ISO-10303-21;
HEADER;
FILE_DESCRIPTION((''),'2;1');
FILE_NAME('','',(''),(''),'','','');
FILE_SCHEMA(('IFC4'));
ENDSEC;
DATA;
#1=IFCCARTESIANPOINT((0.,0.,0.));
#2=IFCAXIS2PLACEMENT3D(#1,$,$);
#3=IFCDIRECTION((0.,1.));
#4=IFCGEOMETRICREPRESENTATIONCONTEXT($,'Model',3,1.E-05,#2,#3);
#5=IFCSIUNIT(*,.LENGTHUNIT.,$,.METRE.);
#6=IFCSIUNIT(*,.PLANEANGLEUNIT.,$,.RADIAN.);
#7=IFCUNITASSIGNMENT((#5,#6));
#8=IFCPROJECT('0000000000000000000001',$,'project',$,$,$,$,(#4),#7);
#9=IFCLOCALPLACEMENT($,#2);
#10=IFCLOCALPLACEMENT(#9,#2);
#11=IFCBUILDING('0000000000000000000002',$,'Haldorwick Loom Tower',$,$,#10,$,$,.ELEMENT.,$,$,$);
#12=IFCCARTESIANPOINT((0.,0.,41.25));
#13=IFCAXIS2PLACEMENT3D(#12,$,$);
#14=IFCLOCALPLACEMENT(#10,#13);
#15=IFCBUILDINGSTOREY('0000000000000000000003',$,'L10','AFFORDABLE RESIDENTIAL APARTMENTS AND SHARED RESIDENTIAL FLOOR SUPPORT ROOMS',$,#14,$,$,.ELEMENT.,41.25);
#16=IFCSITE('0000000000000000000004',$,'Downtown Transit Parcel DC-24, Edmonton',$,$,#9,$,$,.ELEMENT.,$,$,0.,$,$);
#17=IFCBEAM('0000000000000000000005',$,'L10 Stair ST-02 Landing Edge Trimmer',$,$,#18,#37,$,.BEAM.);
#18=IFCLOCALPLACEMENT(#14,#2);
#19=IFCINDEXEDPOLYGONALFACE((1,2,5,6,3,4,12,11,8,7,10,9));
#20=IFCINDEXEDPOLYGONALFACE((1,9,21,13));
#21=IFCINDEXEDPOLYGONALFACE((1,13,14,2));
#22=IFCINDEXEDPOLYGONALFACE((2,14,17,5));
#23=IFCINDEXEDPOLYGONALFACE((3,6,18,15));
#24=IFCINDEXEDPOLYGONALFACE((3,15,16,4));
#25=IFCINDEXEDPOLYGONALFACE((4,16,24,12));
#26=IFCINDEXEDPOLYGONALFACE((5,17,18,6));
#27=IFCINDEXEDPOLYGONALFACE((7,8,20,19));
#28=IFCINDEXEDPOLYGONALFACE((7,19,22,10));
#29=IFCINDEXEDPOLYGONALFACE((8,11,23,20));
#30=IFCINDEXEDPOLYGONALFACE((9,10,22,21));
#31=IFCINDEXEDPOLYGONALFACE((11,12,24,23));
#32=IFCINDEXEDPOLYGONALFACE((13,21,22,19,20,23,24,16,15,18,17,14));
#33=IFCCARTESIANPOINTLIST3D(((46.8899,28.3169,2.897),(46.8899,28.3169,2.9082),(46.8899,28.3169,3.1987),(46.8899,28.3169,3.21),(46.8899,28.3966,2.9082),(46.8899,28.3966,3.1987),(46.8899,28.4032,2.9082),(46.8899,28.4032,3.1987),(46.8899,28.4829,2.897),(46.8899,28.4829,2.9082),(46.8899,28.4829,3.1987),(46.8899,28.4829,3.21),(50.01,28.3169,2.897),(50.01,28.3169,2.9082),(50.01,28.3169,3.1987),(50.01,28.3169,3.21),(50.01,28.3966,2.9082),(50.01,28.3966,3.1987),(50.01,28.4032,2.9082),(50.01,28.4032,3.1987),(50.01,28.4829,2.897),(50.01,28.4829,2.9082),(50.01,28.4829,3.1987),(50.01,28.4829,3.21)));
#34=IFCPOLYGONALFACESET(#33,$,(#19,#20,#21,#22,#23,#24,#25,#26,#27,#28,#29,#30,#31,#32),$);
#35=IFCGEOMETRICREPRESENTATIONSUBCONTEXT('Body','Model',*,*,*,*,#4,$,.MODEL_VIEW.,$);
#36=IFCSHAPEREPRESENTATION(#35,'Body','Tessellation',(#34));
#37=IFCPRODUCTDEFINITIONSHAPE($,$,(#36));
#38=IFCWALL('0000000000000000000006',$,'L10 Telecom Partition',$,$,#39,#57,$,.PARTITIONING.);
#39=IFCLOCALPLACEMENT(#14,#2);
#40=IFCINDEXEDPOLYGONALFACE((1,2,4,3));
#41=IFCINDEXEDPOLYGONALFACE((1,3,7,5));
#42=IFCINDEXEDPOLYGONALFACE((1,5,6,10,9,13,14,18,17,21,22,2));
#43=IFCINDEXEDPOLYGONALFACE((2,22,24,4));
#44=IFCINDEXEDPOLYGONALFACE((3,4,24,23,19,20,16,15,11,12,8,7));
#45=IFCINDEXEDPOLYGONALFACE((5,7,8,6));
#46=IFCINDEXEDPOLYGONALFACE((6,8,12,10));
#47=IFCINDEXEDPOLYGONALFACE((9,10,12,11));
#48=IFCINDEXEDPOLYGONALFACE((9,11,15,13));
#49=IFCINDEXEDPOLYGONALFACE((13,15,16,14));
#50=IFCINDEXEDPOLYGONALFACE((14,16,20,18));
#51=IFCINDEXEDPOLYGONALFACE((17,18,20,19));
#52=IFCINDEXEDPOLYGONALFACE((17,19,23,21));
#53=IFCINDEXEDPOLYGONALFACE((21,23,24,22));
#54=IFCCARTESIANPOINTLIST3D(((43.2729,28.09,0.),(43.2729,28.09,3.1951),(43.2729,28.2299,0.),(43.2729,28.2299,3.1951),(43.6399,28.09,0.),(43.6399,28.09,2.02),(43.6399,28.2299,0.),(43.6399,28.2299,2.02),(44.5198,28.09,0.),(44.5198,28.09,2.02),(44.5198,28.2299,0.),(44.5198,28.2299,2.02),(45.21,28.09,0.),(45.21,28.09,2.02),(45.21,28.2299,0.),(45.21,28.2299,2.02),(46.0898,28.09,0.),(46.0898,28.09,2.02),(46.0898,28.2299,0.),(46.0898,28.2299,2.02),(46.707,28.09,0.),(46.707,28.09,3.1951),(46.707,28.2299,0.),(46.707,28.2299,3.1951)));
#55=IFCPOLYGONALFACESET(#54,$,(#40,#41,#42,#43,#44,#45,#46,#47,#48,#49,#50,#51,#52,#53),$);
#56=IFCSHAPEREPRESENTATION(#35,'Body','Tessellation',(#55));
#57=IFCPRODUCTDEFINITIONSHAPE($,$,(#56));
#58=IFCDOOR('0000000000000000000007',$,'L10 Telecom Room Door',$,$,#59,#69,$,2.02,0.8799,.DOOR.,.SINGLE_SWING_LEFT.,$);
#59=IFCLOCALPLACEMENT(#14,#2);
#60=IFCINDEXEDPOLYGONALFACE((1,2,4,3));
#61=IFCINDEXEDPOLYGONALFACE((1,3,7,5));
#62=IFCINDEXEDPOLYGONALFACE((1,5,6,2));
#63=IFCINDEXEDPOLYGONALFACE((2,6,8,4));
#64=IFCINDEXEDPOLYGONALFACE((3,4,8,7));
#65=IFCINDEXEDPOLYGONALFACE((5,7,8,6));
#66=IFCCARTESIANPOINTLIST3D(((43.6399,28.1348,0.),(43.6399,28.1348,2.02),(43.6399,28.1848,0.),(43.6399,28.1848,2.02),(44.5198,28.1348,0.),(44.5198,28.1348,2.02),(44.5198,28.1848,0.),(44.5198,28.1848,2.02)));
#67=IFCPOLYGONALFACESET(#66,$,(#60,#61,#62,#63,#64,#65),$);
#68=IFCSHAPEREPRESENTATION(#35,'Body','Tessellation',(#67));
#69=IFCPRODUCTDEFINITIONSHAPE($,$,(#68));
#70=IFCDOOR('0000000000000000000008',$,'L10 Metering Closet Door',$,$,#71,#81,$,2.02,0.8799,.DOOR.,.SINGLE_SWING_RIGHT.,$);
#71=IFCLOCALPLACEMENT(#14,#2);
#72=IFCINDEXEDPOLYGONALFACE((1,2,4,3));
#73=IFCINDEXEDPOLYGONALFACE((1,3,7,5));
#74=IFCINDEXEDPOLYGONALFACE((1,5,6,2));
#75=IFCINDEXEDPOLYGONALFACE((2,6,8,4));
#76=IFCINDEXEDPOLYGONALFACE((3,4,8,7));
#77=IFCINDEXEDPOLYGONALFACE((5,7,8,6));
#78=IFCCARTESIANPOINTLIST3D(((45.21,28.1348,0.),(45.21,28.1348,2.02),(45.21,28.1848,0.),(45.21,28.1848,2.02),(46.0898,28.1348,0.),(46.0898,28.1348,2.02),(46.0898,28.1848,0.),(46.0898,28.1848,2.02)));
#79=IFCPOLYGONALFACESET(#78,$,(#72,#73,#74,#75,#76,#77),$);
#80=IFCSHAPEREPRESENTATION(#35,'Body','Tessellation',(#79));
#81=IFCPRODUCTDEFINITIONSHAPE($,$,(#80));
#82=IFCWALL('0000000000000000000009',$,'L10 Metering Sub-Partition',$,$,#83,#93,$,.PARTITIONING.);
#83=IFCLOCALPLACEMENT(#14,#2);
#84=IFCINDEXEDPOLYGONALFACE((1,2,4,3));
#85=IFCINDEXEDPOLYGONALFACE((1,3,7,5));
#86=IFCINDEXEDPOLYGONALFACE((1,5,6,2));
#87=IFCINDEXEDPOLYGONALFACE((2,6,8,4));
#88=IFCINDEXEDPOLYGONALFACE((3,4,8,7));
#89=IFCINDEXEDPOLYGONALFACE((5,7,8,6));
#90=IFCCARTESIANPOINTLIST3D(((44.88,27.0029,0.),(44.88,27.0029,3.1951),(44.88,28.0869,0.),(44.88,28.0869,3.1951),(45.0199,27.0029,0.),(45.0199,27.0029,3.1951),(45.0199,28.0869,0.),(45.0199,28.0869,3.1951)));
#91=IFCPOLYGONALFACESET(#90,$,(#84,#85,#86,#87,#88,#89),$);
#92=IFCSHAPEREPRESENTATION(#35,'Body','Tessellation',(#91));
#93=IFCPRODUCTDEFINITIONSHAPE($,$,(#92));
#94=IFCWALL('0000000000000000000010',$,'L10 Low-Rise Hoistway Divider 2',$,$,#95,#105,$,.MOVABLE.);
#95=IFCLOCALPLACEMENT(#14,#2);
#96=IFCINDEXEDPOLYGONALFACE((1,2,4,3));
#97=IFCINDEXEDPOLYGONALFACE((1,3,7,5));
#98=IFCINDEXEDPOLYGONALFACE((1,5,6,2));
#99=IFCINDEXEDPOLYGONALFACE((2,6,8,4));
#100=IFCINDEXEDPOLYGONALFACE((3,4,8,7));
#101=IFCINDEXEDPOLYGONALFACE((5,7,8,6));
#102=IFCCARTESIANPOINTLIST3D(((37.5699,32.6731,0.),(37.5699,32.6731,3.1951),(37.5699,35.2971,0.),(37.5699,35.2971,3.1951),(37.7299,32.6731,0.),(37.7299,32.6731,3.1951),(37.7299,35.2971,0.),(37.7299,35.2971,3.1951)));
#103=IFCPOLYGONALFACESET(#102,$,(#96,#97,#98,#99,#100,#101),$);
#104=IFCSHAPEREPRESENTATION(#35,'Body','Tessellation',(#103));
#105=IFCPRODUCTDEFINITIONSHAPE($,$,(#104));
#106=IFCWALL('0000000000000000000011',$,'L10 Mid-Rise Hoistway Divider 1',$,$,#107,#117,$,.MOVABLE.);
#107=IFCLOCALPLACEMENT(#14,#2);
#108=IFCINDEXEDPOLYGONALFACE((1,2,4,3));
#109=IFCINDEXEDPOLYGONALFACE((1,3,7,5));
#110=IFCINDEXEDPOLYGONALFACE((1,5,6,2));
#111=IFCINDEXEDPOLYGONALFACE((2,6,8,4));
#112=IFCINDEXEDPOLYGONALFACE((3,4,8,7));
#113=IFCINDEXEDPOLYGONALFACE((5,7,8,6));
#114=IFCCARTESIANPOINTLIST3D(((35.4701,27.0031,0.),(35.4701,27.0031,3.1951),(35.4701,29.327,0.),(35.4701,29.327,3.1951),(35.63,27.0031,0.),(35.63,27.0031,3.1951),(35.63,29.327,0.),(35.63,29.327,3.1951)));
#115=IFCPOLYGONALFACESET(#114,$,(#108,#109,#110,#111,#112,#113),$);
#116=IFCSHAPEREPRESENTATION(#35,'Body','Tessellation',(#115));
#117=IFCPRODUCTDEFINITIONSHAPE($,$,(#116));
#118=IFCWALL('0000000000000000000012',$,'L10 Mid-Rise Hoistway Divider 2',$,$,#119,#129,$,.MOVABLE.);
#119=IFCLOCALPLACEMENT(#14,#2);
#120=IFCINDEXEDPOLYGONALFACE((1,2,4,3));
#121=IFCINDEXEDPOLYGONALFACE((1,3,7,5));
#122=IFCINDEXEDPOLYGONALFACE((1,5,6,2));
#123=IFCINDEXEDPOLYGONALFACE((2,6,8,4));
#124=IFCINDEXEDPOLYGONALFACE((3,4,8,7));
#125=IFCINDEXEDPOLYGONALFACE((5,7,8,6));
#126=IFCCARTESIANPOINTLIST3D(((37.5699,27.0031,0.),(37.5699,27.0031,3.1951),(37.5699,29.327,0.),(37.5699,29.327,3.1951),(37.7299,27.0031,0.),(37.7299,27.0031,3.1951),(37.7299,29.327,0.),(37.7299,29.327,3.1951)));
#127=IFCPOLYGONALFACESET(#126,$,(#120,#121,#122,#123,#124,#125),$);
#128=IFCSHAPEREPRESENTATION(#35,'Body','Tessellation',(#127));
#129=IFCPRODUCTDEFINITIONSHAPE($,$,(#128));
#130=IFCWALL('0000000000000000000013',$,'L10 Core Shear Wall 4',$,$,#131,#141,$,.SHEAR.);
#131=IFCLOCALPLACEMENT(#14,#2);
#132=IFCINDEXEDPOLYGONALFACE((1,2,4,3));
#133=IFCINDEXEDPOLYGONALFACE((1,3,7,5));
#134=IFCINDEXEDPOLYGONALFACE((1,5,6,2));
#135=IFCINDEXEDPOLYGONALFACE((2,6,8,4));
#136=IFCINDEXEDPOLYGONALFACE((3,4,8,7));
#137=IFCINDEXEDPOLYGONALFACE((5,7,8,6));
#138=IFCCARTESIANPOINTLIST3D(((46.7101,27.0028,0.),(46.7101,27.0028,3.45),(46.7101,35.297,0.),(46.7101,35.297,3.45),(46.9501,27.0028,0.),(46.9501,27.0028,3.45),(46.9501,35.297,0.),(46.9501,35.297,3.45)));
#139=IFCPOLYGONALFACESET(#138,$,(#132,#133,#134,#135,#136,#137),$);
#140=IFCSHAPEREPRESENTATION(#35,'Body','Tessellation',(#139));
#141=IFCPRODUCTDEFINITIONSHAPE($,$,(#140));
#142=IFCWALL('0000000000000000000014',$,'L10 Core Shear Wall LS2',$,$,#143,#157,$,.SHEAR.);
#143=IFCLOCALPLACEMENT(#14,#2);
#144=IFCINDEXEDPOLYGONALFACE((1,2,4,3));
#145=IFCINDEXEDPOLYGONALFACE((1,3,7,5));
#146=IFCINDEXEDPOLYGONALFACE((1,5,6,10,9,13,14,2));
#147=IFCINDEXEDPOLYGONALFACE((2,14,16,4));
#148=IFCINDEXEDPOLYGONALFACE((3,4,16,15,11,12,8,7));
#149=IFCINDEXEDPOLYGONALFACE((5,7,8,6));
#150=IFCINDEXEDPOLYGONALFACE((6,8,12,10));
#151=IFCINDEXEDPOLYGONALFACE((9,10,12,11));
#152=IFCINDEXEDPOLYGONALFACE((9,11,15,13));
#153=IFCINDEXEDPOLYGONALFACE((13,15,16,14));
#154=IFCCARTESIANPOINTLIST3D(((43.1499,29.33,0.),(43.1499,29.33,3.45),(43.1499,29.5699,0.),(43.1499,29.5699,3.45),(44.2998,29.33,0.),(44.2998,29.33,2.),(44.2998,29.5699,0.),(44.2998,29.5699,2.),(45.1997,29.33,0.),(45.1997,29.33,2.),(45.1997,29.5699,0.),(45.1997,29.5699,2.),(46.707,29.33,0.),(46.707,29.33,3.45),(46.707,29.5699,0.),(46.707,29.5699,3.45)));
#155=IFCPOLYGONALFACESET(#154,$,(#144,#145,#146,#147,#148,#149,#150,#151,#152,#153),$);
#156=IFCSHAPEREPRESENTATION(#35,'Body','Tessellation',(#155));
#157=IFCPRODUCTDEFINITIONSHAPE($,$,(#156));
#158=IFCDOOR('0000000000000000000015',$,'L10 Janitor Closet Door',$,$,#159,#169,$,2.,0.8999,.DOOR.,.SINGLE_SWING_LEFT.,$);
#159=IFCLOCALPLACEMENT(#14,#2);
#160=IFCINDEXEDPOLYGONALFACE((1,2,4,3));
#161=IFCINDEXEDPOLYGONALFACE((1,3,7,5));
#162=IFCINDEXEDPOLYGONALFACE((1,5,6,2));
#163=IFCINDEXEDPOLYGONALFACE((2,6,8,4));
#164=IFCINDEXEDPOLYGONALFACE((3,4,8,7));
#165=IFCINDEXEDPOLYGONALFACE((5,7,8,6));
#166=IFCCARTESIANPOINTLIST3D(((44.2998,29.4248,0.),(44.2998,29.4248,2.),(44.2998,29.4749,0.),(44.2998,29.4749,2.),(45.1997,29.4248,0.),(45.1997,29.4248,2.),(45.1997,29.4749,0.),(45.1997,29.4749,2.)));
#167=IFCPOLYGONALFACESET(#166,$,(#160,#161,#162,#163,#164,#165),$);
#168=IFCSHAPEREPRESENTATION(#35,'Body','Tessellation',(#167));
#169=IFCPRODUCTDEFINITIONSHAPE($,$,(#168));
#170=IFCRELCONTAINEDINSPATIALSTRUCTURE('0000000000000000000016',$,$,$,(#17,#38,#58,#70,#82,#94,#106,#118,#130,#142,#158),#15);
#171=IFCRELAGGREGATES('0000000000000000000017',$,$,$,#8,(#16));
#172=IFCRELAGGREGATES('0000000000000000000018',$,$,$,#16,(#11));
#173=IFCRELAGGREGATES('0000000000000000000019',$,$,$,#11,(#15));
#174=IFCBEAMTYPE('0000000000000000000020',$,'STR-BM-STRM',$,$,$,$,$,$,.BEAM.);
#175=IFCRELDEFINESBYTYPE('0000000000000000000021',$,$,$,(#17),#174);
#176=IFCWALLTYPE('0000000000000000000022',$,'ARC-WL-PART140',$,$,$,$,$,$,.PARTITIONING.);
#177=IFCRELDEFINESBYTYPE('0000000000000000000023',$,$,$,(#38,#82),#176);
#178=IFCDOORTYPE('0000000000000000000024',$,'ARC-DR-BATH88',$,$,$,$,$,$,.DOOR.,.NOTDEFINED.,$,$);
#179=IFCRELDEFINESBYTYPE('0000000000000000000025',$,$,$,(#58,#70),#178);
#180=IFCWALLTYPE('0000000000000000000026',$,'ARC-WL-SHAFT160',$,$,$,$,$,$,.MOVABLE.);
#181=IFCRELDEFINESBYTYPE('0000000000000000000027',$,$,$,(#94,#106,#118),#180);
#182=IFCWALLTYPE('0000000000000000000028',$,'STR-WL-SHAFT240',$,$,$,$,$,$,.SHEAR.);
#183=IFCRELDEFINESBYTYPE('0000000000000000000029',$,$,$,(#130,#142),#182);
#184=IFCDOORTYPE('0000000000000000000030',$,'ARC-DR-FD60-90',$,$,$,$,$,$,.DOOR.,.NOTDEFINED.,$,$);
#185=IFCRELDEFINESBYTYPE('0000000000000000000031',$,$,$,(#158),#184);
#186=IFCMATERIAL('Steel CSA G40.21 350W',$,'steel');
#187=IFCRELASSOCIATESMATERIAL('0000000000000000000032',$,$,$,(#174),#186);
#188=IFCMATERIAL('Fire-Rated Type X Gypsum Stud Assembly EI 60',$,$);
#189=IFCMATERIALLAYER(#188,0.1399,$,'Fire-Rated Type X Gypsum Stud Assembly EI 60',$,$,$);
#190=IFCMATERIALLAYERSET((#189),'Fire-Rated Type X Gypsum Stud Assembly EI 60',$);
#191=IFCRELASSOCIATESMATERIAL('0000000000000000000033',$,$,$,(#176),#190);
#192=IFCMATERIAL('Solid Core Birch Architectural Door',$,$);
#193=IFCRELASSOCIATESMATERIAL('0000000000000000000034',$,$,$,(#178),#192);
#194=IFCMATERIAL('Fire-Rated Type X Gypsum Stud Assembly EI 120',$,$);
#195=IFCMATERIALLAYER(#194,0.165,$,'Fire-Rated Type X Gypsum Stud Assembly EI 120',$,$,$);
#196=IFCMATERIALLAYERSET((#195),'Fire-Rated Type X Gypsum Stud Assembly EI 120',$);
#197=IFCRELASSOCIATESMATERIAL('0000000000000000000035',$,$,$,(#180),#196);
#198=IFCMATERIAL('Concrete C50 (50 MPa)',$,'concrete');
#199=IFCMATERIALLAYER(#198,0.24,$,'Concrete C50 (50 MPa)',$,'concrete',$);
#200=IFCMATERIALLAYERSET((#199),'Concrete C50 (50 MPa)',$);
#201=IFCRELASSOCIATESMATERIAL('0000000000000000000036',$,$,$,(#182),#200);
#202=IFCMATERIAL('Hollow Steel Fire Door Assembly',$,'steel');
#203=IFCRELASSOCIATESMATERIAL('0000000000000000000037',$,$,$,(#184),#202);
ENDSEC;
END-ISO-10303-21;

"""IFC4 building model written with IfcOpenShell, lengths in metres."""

from ifc_helpers import new_model, si_unit, direction, frame, frame_2d, origin, origin_2d, place, context, subcontext, project, spatial, rectangle, i_section, extrude, material, layer, layer_set, material_profile, profile_set, type_object, element, fill, save


model = new_model("IFC4")

# Units and contexts
model_context = context("Model", 3, precision=1e-05, world=origin(), true_north=direction((0.0, 1.0)))
body_context = subcontext(model_context, "Body", "Model", "MODEL_VIEW")
ifc_project = project(units=[si_unit("LENGTHUNIT", "METRE"), si_unit("PLANEANGLEUNIT", "RADIAN")], contexts=[model_context])

# Site, building, storey
site_placement = place(None, origin())
site = spatial("IfcSite", under=ifc_project, at=site_placement, Name="Downtown Transit Parcel DC-24, Edmonton", CompositionType="ELEMENT", RefElevation=0.0)
building_placement = place(site_placement, origin())
building = spatial("IfcBuilding", under=site, at=building_placement, Name="Haldorwick Loom Tower", CompositionType="ELEMENT")
storey_placement = place(building_placement, frame((0.0, 0.0, 41.25)))
storey = spatial("IfcBuildingStorey", under=building, at=storey_placement, Name="L10", Description="AFFORDABLE RESIDENTIAL APARTMENTS AND SHARED RESIDENTIAL FLOOR SUPPORT ROOMS", CompositionType="ELEMENT", Elevation=41.25)

# Beam
ifc_material_1 = material(Name="Steel CSA G40.21 350W", Category="steel")
ifc_material_profile_1 = material_profile(ifc_material_1, i_section(OverallWidth=0.166, OverallDepth=0.313, WebThickness=0.0066, FlangeThickness=0.0112, at=origin_2d()), Name="W310X45", Category="steel")
ifc_profile_set_1 = profile_set([ifc_material_profile_1], Name="Steel CSA G40.21 350W")
beam_type_1 = type_object("IfcBeamType", Name="STR-BM-STRM", PredefinedType="BEAM", material=ifc_profile_set_1)
beam_1_placement = place(storey_placement, frame((46.8899, 28.3999, 3.0535), z_axis=(1.0, 0.0, 0.0), x_axis=(0.0, 1.0, 0.0)))
element("IfcBeam", 1, at=beam_1_placement, inside=storey, type_object=beam_type_1, Name="L10 Stair ST-02 Landing Edge Trimmer", PredefinedType="BEAM", context=body_context, shape_type="SweptSolid", body=[
    extrude(i_section(OverallWidth=0.166, OverallDepth=0.313, WebThickness=0.0066, FlangeThickness=0.0112, at=origin_2d()), origin(), (0.0, 0.0, 1.0), 3.1201),
])

# Wall, openings, doors
ifc_material_2 = material(Name="Fire-Rated Type X Gypsum Stud Assembly EI 60")
ifc_layer_1 = layer(ifc_material_2, 0.1399, Name="Fire-Rated Type X Gypsum Stud Assembly EI 60")
ifc_layer_set_1 = layer_set([ifc_layer_1], Name="Fire-Rated Type X Gypsum Stud Assembly EI 60")
wall_type_1 = type_object("IfcWallType", Name="ARC-WL-PART140", PredefinedType="PARTITIONING", material=ifc_layer_set_1)
wall_1_placement = place(storey_placement, frame((43.2729, 28.1599, 0.0), z_axis=(0.0, 0.0, 1.0), x_axis=(1.0, 0.0, 0.0)))
wall_1 = element("IfcWall", 2, at=wall_1_placement, inside=storey, type_object=wall_type_1, Name="L10 Telecom Partition", PredefinedType="PARTITIONING", context=body_context, shape_type="SweptSolid", body=[
    extrude(rectangle(XDim=3.4341, YDim=0.1399, at=frame_2d((1.717, 0.0))), origin(), (0.0, 0.0, 1.0), 3.1951),
])
opening_1_placement = place(wall_1_placement, frame((0.3669, 0.0, 0.0)))
opening_1 = element("IfcOpeningElement", 3, at=opening_1_placement, cuts=wall_1, PredefinedType="OPENING", context=body_context, shape_type="SweptSolid", body=[
    extrude(rectangle(XDim=0.8799, YDim=2.02, at=frame_2d((0.4399, 1.01))), frame((0.0, 0.0798, 0.0), z_axis=(0.0, -1.0, 0.0), x_axis=(1.0, 0.0, 0.0)), (0.0, 0.0, 1.0), 0.1599),
])
opening_2_placement = place(wall_1_placement, frame((1.937, 0.0, 0.0)))
opening_2 = element("IfcOpeningElement", 4, at=opening_2_placement, cuts=wall_1, PredefinedType="OPENING", context=body_context, shape_type="SweptSolid", body=[
    extrude(rectangle(XDim=0.8799, YDim=2.02, at=frame_2d((0.4399, 1.01))), frame((0.0, 0.0798, 0.0), z_axis=(0.0, -1.0, 0.0), x_axis=(1.0, 0.0, 0.0)), (0.0, 0.0, 1.0), 0.1599),
])
ifc_material_3 = material(Name="Solid Core Birch Architectural Door")
door_type_1 = type_object("IfcDoorType", Name="ARC-DR-BATH88", OperationType="NOTDEFINED", PredefinedType="DOOR", material=ifc_material_3)
door_1_placement = place(opening_1_placement, origin())
door_1 = element("IfcDoor", 5, at=door_1_placement, inside=storey, type_object=door_type_1, Name="L10 Telecom Room Door", OperationType="SINGLE_SWING_LEFT", OverallHeight=2.02, OverallWidth=0.8799, PredefinedType="DOOR", context=body_context, shape_type="SweptSolid", body=[
    extrude(rectangle(XDim=0.8799, YDim=2.02, at=frame_2d((0.4399, 1.01))), frame((0.0, 0.0249, 0.0), z_axis=(0.0, -1.0, 0.0), x_axis=(1.0, 0.0, 0.0)), (0.0, 0.0, 1.0), 0.05),
])
fill(opening_1, door_1)
door_2_placement = place(opening_2_placement, origin())
door_2 = element("IfcDoor", 6, at=door_2_placement, inside=storey, type_object=door_type_1, Name="L10 Metering Closet Door", OperationType="SINGLE_SWING_RIGHT", OverallHeight=2.02, OverallWidth=0.8799, PredefinedType="DOOR", context=body_context, shape_type="SweptSolid", body=[
    extrude(rectangle(XDim=0.8799, YDim=2.02, at=frame_2d((0.4399, 1.01))), frame((0.0, 0.0249, 0.0), z_axis=(0.0, -1.0, 0.0), x_axis=(1.0, 0.0, 0.0)), (0.0, 0.0, 1.0), 0.05),
])
fill(opening_2, door_2)

# Walls
wall_2_placement = place(storey_placement, frame((44.95, 27.0029, 0.0), z_axis=(0.0, 0.0, 1.0), x_axis=(0.0, 1.0, 0.0)))
element("IfcWall", 7, at=wall_2_placement, inside=storey, type_object=wall_type_1, Name="L10 Metering Sub-Partition", PredefinedType="PARTITIONING", context=body_context, shape_type="SweptSolid", body=[
    extrude(rectangle(XDim=1.084, YDim=0.1399, at=frame_2d((0.542, 0.0))), origin(), (0.0, 0.0, 1.0), 3.1951),
])
ifc_material_4 = material(Name="Fire-Rated Type X Gypsum Stud Assembly EI 120")
ifc_layer_2 = layer(ifc_material_4, 0.165, Name="Fire-Rated Type X Gypsum Stud Assembly EI 120")
ifc_layer_set_2 = layer_set([ifc_layer_2], Name="Fire-Rated Type X Gypsum Stud Assembly EI 120")
wall_type_2 = type_object("IfcWallType", Name="ARC-WL-SHAFT160", PredefinedType="MOVABLE", material=ifc_layer_set_2)
wall_3_placement = place(storey_placement, frame((37.6499, 32.6731, 0.0), z_axis=(0.0, 0.0, 1.0), x_axis=(0.0, 1.0, 0.0)))
element("IfcWall", 8, at=wall_3_placement, inside=storey, type_object=wall_type_2, Name="L10 Low-Rise Hoistway Divider 2", PredefinedType="MOVABLE", context=body_context, shape_type="SweptSolid", body=[
    extrude(rectangle(XDim=2.624, YDim=0.1599, at=frame_2d((1.312, 0.0))), origin(), (0.0, 0.0, 1.0), 3.1951),
])
for number, where, z_axis, x_axis, name in (
    (9, (35.55, 27.0029, 0.0), (0.0, 0.0, 1.0), (0.0, 1.0, 0.0), "L10 Mid-Rise Hoistway Divider 1"),
    (10, (37.6499, 27.0029, 0.0), (0.0, 0.0, 1.0), (0.0, 1.0, 0.0), "L10 Mid-Rise Hoistway Divider 2"),
):
    element("IfcWall", number, at=place(storey_placement, frame(where, z_axis=z_axis, x_axis=x_axis)), inside=storey, type_object=wall_type_2, Name=name, PredefinedType="MOVABLE", context=body_context, shape_type="SweptSolid", body=[
        extrude(rectangle(XDim=2.324, YDim=0.1599, at=frame_2d((1.1621, 0.0))), origin(), (0.0, 0.0, 1.0), 3.1951),
    ])
ifc_material_5 = material(Name="Concrete C50 (50 MPa)", Category="concrete")
ifc_layer_3 = layer(ifc_material_5, 0.24, Name="Concrete C50 (50 MPa)", Category="concrete")
ifc_layer_set_3 = layer_set([ifc_layer_3], Name="Concrete C50 (50 MPa)")
wall_type_3 = type_object("IfcWallType", Name="STR-WL-SHAFT240", PredefinedType="SHEAR", material=ifc_layer_set_3)
wall_4_placement = place(storey_placement, frame((46.8301, 27.0029, 0.0), z_axis=(0.0, 0.0, 1.0), x_axis=(0.0, 1.0, 0.0)))
element("IfcWall", 11, at=wall_4_placement, inside=storey, type_object=wall_type_3, Name="L10 Core Shear Wall 4", PredefinedType="SHEAR", context=body_context, shape_type="SweptSolid", body=[
    extrude(rectangle(XDim=8.2942, YDim=0.24, at=frame_2d((4.147, 0.0))), origin(), (0.0, 0.0, 1.0), 3.45),
])

# Wall, opening, door
wall_5_placement = place(storey_placement, frame((43.1499, 29.45, 0.0), z_axis=(0.0, 0.0, 1.0), x_axis=(1.0, 0.0, 0.0)))
wall_5 = element("IfcWall", 12, at=wall_5_placement, inside=storey, type_object=wall_type_3, Name="L10 Core Shear Wall LS2", PredefinedType="SHEAR", context=body_context, shape_type="SweptSolid", body=[
    extrude(rectangle(XDim=3.5571, YDim=0.24, at=frame_2d((1.7786, 0.0))), origin(), (0.0, 0.0, 1.0), 3.45),
])
opening_3_placement = place(wall_5_placement, frame((1.1499, 0.0, 0.0)))
opening_3 = element("IfcOpeningElement", 13, at=opening_3_placement, cuts=wall_5, PredefinedType="OPENING", context=body_context, shape_type="SweptSolid", body=[
    extrude(rectangle(XDim=0.8999, YDim=2.0, at=frame_2d((0.45, 1.0))), frame((0.0, 0.1299, 0.0), z_axis=(0.0, -1.0, 0.0), x_axis=(1.0, 0.0, 0.0)), (0.0, 0.0, 1.0), 0.26),
])
ifc_material_6 = material(Name="Hollow Steel Fire Door Assembly", Category="steel")
door_type_2 = type_object("IfcDoorType", Name="ARC-DR-FD60-90", OperationType="NOTDEFINED", PredefinedType="DOOR", material=ifc_material_6)
door_3_placement = place(opening_3_placement, origin())
door_3 = element("IfcDoor", 14, at=door_3_placement, inside=storey, type_object=door_type_2, Name="L10 Janitor Closet Door", OperationType="SINGLE_SWING_LEFT", OverallHeight=2.0, OverallWidth=0.8999, PredefinedType="DOOR", context=body_context, shape_type="SweptSolid", body=[
    extrude(rectangle(XDim=0.8999, YDim=2.0, at=frame_2d((0.45, 1.0))), frame((0.0, 0.0249, 0.0), z_axis=(0.0, -1.0, 0.0), x_axis=(1.0, 0.0, 0.0)), (0.0, 0.0, 1.0), 0.05),
])
fill(opening_3, door_3)

save(model, "model.ifc")
